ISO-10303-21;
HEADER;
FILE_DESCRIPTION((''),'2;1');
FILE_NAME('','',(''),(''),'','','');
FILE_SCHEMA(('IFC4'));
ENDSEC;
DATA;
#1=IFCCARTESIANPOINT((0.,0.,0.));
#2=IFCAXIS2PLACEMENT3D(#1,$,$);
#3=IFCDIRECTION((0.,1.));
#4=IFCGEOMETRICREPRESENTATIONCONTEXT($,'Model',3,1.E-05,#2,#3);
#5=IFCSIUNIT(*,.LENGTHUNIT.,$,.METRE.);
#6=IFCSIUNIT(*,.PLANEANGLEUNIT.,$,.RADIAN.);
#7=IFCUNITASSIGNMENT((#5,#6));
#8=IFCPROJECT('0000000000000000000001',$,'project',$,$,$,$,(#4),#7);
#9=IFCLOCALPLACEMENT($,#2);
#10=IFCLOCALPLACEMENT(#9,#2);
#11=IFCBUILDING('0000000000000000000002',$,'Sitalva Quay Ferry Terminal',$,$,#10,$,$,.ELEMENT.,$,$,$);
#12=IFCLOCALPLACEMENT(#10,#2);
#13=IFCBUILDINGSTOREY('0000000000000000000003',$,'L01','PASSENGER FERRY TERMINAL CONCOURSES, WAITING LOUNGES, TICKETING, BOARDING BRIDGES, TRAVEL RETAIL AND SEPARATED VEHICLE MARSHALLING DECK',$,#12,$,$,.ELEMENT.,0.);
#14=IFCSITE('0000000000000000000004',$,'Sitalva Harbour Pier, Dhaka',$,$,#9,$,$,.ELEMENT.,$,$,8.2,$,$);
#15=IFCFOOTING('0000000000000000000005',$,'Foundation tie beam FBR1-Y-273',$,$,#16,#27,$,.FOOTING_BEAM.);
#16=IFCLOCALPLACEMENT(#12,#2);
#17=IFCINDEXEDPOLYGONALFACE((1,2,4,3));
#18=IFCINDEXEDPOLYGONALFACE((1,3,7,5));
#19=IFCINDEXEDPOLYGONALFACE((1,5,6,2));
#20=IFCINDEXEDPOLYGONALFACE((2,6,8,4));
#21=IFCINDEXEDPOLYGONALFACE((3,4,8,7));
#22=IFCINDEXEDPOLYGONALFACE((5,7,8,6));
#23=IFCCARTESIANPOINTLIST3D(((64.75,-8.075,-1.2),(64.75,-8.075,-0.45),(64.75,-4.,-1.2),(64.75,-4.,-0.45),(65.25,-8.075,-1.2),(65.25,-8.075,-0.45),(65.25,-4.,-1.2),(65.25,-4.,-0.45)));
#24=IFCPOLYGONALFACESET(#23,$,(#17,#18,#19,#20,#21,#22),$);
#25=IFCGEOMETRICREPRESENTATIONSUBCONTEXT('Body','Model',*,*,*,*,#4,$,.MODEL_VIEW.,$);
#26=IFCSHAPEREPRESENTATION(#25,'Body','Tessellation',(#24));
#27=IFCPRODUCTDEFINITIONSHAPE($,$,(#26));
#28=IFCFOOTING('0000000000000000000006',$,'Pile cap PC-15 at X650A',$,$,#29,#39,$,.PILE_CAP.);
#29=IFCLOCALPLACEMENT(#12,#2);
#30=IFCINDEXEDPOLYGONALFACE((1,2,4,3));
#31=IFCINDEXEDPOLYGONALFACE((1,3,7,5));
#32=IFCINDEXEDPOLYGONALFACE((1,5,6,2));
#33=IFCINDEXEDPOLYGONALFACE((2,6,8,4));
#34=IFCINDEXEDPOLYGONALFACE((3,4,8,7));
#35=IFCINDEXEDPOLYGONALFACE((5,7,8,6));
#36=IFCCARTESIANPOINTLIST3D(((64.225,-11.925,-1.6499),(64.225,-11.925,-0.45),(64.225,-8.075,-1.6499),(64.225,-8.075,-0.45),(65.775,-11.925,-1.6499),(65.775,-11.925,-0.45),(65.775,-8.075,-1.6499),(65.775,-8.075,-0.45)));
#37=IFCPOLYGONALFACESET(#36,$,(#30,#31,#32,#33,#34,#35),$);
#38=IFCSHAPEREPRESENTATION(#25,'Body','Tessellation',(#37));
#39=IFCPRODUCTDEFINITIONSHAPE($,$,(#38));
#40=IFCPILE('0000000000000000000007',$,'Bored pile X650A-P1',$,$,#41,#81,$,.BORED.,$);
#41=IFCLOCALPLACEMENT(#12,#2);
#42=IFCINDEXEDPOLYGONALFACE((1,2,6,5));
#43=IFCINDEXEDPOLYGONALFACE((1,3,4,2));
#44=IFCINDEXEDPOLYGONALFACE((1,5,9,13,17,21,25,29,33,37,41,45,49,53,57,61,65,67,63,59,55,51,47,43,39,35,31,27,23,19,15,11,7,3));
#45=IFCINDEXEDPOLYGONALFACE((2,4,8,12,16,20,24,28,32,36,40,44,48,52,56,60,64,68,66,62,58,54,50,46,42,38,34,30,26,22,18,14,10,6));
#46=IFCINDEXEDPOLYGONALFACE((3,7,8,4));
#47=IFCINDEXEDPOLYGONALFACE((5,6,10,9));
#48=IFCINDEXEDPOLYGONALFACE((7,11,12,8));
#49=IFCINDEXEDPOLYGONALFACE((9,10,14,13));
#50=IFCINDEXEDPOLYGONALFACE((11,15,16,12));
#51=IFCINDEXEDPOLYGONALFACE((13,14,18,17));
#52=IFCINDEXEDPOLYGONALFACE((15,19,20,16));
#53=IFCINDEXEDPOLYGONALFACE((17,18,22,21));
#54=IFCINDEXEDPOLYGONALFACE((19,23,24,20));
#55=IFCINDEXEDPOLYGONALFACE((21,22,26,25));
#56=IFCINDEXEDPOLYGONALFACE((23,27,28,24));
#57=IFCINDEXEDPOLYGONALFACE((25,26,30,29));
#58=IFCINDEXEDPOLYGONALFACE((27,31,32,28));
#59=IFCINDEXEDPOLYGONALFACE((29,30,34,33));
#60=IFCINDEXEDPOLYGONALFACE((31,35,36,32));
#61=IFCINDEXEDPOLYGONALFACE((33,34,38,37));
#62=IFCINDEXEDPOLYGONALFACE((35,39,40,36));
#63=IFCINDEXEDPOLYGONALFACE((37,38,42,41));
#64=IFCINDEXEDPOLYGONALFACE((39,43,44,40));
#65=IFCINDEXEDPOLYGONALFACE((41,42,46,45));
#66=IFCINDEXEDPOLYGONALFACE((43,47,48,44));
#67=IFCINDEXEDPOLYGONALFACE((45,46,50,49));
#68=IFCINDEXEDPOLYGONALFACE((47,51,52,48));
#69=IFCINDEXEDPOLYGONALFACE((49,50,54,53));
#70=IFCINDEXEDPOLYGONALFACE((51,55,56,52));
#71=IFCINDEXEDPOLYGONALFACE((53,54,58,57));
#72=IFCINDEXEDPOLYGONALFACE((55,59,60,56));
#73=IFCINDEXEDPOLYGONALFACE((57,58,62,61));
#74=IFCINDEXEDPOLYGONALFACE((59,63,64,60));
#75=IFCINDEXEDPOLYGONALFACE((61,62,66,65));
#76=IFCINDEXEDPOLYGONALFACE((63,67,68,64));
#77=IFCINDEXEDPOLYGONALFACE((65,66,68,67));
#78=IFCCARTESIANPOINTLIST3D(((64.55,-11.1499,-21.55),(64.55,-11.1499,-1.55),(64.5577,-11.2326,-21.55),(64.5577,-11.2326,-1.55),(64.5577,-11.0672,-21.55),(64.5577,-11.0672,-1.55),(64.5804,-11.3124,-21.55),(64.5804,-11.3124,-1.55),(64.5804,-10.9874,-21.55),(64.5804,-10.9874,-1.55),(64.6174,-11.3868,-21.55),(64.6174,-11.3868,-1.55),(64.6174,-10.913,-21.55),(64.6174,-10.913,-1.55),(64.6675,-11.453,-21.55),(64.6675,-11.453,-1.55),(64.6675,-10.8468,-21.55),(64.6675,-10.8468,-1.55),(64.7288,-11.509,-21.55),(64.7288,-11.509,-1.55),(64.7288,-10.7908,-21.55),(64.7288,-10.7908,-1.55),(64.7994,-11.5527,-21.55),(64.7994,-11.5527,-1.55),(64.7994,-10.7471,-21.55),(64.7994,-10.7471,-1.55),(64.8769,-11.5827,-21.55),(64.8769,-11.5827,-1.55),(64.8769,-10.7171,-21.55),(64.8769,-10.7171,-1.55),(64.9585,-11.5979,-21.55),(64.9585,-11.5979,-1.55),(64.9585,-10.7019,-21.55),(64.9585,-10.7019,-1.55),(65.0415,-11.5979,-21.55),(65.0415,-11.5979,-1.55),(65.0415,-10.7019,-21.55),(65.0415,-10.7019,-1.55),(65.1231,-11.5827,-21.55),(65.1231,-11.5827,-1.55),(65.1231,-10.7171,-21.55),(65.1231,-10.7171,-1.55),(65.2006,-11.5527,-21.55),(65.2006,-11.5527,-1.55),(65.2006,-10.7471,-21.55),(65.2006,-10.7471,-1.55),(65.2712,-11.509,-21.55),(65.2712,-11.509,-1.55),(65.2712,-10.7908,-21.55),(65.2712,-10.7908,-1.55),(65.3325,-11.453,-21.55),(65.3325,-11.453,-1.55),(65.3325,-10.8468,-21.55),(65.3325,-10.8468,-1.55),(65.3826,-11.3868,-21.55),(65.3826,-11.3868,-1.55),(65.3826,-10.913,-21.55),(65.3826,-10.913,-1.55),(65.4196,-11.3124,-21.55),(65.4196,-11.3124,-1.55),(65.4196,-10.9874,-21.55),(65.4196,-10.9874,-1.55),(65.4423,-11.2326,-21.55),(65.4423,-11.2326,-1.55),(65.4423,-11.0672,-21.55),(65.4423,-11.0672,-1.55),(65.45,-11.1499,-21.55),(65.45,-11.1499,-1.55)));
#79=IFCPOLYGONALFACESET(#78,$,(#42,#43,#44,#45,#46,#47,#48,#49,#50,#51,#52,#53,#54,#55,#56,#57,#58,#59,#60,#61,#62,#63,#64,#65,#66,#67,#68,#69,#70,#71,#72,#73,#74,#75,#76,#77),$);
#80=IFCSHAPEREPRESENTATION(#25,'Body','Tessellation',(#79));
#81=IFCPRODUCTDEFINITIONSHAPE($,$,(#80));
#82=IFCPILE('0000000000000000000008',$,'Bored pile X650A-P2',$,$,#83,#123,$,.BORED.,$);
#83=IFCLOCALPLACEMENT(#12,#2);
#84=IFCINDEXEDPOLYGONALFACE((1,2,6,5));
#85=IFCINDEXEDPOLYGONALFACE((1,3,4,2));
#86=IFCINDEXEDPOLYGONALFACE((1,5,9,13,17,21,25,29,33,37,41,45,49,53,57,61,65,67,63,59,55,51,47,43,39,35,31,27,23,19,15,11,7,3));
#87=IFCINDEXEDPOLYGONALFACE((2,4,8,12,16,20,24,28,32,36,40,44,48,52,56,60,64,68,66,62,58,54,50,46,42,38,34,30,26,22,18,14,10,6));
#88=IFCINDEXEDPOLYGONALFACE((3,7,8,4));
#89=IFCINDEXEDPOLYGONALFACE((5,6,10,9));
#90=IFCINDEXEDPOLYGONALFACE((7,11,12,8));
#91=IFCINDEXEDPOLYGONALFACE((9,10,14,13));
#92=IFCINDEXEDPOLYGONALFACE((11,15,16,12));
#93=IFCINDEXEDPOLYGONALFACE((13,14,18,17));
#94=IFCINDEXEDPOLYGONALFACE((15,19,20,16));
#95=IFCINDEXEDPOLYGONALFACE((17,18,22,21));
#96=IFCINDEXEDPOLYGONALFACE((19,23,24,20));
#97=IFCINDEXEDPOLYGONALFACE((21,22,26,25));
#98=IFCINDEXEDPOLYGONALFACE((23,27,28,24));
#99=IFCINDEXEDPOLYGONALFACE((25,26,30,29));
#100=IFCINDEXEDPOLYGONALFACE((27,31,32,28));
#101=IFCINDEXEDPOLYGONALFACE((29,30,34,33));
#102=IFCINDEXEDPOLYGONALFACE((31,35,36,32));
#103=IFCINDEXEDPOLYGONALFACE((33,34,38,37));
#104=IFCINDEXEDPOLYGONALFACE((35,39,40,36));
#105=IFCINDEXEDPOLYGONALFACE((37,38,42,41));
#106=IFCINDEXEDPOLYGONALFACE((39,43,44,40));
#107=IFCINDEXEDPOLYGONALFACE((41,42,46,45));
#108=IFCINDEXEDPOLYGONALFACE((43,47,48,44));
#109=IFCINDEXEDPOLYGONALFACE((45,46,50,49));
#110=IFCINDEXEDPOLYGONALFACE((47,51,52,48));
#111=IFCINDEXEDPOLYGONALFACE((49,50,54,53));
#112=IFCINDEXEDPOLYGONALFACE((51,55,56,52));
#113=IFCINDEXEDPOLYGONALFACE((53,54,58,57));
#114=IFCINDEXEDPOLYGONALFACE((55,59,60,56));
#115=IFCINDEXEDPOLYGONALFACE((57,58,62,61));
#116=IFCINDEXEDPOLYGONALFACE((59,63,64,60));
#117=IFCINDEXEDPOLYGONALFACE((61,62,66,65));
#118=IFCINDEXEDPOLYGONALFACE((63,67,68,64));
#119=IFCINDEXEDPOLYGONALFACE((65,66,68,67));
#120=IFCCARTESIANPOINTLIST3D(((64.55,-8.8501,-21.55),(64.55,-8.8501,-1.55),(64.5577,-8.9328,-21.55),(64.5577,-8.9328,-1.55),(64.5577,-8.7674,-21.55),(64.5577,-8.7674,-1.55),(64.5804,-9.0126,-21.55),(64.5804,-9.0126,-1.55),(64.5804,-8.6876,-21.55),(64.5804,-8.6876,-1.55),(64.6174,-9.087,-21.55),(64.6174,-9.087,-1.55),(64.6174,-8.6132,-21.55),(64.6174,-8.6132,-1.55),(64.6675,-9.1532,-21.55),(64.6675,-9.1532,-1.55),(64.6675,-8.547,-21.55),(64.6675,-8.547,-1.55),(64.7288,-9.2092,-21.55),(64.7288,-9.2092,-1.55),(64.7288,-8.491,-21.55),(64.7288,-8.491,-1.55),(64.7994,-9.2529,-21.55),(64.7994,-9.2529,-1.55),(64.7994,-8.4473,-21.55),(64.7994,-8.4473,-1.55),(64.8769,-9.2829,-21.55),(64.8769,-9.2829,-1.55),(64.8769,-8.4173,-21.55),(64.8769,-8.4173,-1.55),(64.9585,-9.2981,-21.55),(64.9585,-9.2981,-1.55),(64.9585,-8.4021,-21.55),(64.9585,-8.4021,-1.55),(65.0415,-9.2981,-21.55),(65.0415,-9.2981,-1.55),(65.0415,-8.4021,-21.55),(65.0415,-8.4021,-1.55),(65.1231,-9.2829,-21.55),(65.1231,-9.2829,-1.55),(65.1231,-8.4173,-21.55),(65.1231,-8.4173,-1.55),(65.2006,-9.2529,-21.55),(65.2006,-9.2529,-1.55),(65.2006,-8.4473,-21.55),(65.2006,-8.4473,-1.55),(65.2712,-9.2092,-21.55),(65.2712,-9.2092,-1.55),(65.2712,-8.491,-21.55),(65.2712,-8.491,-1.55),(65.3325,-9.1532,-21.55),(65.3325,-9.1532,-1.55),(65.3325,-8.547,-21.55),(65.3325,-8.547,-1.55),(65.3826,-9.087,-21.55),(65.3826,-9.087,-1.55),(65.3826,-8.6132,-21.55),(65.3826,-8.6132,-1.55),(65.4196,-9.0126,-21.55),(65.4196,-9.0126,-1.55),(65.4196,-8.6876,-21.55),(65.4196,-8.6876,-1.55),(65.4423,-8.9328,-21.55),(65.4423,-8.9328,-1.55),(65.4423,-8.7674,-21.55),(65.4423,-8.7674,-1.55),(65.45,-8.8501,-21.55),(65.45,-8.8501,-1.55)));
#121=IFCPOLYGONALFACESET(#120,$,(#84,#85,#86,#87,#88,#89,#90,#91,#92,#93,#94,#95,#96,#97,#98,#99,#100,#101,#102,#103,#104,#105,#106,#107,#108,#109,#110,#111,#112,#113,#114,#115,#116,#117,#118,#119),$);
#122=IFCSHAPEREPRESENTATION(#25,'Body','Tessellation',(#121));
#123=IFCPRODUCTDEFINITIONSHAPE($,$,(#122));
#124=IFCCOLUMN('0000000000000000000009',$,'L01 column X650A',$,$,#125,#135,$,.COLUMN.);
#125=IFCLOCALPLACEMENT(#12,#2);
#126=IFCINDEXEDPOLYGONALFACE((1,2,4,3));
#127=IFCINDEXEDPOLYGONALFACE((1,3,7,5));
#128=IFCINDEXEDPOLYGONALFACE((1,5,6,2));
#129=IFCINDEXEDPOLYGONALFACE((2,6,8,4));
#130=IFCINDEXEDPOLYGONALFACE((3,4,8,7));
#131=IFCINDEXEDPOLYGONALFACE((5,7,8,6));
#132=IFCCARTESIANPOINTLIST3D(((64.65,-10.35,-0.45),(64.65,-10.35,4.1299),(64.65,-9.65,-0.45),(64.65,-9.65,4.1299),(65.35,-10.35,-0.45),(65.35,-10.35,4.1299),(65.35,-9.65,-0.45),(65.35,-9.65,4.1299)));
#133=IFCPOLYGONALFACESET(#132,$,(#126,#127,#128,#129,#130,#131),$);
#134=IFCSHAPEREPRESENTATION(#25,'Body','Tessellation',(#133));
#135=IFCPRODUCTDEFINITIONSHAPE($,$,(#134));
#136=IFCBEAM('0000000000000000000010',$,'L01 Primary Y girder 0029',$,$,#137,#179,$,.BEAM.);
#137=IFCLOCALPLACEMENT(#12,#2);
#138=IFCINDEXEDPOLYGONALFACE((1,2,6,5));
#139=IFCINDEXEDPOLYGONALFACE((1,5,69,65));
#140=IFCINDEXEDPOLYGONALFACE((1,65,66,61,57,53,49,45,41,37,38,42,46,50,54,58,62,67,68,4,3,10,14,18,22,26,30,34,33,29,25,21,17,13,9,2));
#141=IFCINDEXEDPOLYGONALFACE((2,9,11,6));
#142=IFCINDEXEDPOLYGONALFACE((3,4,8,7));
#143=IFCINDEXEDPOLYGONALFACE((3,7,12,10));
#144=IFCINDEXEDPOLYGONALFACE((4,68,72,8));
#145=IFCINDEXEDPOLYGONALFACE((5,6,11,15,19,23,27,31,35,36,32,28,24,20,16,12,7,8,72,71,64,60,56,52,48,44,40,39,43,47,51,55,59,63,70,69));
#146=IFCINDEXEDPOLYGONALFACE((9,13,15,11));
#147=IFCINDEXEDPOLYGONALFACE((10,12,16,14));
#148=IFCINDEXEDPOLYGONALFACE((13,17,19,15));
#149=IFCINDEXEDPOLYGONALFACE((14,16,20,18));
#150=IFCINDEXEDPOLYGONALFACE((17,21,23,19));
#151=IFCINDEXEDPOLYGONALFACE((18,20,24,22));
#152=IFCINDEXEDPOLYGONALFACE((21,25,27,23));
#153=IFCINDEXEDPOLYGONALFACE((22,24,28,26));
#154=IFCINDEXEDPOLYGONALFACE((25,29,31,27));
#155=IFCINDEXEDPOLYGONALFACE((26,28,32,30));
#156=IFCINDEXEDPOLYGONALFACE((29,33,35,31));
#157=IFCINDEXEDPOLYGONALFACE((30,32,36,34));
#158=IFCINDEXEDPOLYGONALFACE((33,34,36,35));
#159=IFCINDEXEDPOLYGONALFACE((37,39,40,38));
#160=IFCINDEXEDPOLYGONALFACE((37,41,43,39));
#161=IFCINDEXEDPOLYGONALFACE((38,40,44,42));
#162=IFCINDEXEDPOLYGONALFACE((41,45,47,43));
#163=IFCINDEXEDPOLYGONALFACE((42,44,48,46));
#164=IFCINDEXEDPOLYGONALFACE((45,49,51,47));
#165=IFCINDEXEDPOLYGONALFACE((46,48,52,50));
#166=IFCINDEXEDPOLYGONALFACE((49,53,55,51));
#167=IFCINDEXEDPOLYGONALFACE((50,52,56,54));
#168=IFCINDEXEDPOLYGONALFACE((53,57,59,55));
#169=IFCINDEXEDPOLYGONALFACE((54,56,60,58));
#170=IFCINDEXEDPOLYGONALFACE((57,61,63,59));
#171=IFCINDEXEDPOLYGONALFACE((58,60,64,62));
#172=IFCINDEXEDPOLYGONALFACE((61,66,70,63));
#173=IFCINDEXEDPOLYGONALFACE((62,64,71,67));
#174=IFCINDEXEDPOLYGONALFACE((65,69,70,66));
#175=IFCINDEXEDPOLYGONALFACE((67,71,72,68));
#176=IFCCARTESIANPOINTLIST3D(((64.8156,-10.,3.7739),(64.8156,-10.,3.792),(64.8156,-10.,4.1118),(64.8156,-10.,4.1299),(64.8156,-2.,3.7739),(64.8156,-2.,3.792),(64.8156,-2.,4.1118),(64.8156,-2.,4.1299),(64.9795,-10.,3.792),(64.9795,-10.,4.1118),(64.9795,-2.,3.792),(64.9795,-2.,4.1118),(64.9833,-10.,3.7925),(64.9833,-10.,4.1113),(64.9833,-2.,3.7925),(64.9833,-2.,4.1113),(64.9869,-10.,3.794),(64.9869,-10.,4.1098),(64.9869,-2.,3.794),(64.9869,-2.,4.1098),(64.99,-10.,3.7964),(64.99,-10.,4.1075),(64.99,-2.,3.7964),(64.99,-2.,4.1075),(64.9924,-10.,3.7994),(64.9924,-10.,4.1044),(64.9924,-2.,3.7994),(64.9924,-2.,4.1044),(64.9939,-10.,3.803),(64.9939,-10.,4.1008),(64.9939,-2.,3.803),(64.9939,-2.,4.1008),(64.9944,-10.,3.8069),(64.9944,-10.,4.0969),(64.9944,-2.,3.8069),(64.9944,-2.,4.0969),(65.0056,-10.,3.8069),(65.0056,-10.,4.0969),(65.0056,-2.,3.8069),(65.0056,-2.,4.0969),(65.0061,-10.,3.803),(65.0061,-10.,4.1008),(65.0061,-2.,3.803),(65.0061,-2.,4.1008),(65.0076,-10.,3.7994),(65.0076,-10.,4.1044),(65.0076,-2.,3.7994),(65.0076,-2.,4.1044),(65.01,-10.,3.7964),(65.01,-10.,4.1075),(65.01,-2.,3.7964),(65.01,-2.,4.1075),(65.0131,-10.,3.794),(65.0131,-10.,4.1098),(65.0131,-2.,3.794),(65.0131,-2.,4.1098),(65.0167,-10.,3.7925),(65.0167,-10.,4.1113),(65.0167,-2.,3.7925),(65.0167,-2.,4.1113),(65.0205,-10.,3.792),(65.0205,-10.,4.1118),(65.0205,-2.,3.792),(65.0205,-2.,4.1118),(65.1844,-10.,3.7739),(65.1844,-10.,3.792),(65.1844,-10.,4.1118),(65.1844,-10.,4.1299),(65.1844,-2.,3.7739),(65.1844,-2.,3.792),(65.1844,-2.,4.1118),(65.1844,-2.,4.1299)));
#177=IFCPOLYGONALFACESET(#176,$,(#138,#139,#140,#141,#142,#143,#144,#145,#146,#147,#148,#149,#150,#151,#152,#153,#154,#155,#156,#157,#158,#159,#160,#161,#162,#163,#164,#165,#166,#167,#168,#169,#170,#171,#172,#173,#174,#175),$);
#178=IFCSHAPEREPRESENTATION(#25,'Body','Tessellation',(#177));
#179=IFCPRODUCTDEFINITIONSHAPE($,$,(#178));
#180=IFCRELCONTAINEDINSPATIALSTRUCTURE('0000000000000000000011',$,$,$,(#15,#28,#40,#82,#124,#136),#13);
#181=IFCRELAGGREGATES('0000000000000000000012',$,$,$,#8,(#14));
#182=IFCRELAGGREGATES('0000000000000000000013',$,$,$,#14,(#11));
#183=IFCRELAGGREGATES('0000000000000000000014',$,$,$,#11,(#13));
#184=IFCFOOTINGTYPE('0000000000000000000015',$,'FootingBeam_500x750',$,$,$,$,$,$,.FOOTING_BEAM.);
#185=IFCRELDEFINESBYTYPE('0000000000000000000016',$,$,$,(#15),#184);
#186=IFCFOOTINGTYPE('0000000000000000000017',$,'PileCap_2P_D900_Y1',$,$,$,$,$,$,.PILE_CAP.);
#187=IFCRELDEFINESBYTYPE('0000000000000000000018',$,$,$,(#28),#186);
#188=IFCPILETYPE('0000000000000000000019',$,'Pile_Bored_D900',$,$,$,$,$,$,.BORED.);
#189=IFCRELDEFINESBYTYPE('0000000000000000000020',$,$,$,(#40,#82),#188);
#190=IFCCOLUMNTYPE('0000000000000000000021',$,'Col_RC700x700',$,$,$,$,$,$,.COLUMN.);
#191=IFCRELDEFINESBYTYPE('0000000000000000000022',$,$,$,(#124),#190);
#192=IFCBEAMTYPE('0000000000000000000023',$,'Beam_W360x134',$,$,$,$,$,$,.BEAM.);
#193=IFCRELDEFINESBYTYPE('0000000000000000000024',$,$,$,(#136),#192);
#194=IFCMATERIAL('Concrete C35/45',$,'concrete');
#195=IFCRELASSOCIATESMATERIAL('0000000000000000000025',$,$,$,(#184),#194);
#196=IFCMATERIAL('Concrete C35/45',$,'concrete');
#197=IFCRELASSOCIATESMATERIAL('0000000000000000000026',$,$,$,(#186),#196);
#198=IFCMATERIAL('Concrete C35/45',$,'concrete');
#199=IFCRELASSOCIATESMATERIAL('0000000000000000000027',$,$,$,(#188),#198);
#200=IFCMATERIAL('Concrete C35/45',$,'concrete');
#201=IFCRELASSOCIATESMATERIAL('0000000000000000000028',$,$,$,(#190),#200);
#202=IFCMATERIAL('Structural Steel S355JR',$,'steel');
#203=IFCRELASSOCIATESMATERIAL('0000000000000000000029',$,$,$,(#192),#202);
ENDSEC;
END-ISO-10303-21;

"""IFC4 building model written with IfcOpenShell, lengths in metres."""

from ifc_helpers import new_model, si_unit, direction, frame, origin, origin_2d, place, context, subcontext, project, spatial, rectangle, circle, i_section, extrude, material, material_profile, profile_set, type_object, element, save


model = new_model("IFC4")

# Units and contexts
model_context = context("Model", 3, precision=1e-05, world=origin(), true_north=direction((0.0, 1.0)))
body_context = subcontext(model_context, "Body", "Model", "MODEL_VIEW")
ifc_project = project(units=[si_unit("LENGTHUNIT", "METRE"), si_unit("PLANEANGLEUNIT", "RADIAN")], contexts=[model_context])

# Site, building, storey
site_placement = place(None, origin())
site = spatial("IfcSite", under=ifc_project, at=site_placement, Name="Sitalva Harbour Pier, Dhaka", CompositionType="ELEMENT", RefElevation=8.2)
building_placement = place(site_placement, origin())
building = spatial("IfcBuilding", under=site, at=building_placement, Name="Sitalva Quay Ferry Terminal", CompositionType="ELEMENT")
storey_placement = place(building_placement, origin())
storey = spatial("IfcBuildingStorey", under=building, at=storey_placement, Name="L01", Description="PASSENGER FERRY TERMINAL CONCOURSES, WAITING LOUNGES, TICKETING, BOARDING BRIDGES, TRAVEL RETAIL AND SEPARATED VEHICLE MARSHALLING DECK", CompositionType="ELEMENT", Elevation=0.0)

# Footings
ifc_material_1 = material(Name="Concrete C35/45", Category="concrete")
ifc_material_profile_1 = material_profile(ifc_material_1, rectangle(XDim=0.5, YDim=0.75, at=origin_2d()), Name="RC500x750")
ifc_profile_set_1 = profile_set([ifc_material_profile_1], Name="Concrete C35/45")
footing_type_1 = type_object("IfcFootingType", Name="FootingBeam_500x750", PredefinedType="FOOTING_BEAM", material=ifc_profile_set_1)
footing_1_placement = place(storey_placement, frame((65.0, -8.075, -0.825), z_axis=(0.0, 1.0, 0.0), x_axis=(-1.0, 0.0, 0.0)))
element("IfcFooting", 1, at=footing_1_placement, inside=storey, type_object=footing_type_1, Name="Foundation tie beam FBR1-Y-273", PredefinedType="FOOTING_BEAM", context=body_context, shape_type="SweptSolid", body=[
    extrude(rectangle(XDim=0.5, YDim=0.75, at=origin_2d()), origin(), (0.0, 0.0, 1.0), 4.075),
])
ifc_material_2 = material(Name="Concrete C35/45", Category="concrete")
footing_type_2 = type_object("IfcFootingType", Name="PileCap_2P_D900_Y1", PredefinedType="PILE_CAP", material=ifc_material_2)
footing_2_placement = place(storey_placement, frame((65.0, -10.0, -1.6499), z_axis=(0.0, 0.0, 1.0), x_axis=(1.0, 0.0, 0.0)))
element("IfcFooting", 2, at=footing_2_placement, inside=storey, type_object=footing_type_2, Name="Pile cap PC-15 at X650A", PredefinedType="PILE_CAP", context=body_context, shape_type="SweptSolid", body=[
    extrude(rectangle(XDim=1.55, YDim=3.8501, at=origin_2d()), origin(), (0.0, 0.0, 1.0), 1.2),
])

# Piles
ifc_material_3 = material(Name="Concrete C35/45", Category="concrete")
ifc_material_profile_2 = material_profile(ifc_material_3, circle(Radius=0.45, at=origin_2d()), Name="PILE-D900")
ifc_profile_set_2 = profile_set([ifc_material_profile_2], Name="Concrete C35/45")
pile_type = type_object("IfcPileType", Name="Pile_Bored_D900", PredefinedType="BORED", material=ifc_profile_set_2)
for number, where, z_axis, x_axis, name in (
    (3, (65.0, -11.1499, -1.55), (0.0, 0.0, -1.0), (1.0, 0.0, 0.0), "Bored pile X650A-P1"),
    (4, (65.0, -8.8501, -1.55), (0.0, 0.0, -1.0), (1.0, 0.0, 0.0), "Bored pile X650A-P2"),
):
    element("IfcPile", number, at=place(storey_placement, frame(where, z_axis=z_axis, x_axis=x_axis)), inside=storey, type_object=pile_type, Name=name, PredefinedType="BORED", context=body_context, shape_type="SweptSolid", body=[
        extrude(circle(Radius=0.45, at=origin_2d()), origin(), (0.0, 0.0, 1.0), 20.0),
    ])

# Column
ifc_material_4 = material(Name="Concrete C35/45", Category="concrete")
ifc_material_profile_3 = material_profile(ifc_material_4, rectangle(XDim=0.7, YDim=0.7, at=origin_2d()), Name="RC700x700")
ifc_profile_set_3 = profile_set([ifc_material_profile_3], Name="Concrete C35/45")
column_type = type_object("IfcColumnType", Name="Col_RC700x700", PredefinedType="COLUMN", material=ifc_profile_set_3)
column_placement = place(storey_placement, frame((65.0, -10.0, -0.45), z_axis=(0.0, 0.0, 1.0), x_axis=(1.0, 0.0, 0.0)))
element("IfcColumn", 5, at=column_placement, inside=storey, type_object=column_type, Name="L01 column X650A", PredefinedType="COLUMN", context=body_context, shape_type="SweptSolid", body=[
    extrude(rectangle(XDim=0.7, YDim=0.7, at=origin_2d()), origin(), (0.0, 0.0, 1.0), 4.5798),
])

# Beam
ifc_material_5 = material(Name="Structural Steel S355JR", Category="steel")
ifc_material_profile_4 = material_profile(ifc_material_5, i_section(OverallWidth=0.3689, OverallDepth=0.356, WebThickness=0.0112, FlangeThickness=0.0181, FilletRadius=0.0149, at=origin_2d()), Name="W360x134")
ifc_profile_set_4 = profile_set([ifc_material_profile_4], Name="Structural Steel S355JR")
beam_type = type_object("IfcBeamType", Name="Beam_W360x134", PredefinedType="BEAM", material=ifc_profile_set_4)
beam_placement = place(storey_placement, frame((65.0, -10.0, 3.9519), z_axis=(0.0, 1.0, 0.0), x_axis=(-1.0, 0.0, 0.0)))
element("IfcBeam", 6, at=beam_placement, inside=storey, type_object=beam_type, Name="L01 Primary Y girder 0029", PredefinedType="BEAM", context=body_context, shape_type="SweptSolid", body=[
    extrude(i_section(OverallWidth=0.3689, OverallDepth=0.356, WebThickness=0.0112, FlangeThickness=0.0181, FilletRadius=0.0149, at=origin_2d()), origin(), (0.0, 0.0, 1.0), 8.0),
])

save(model, "model.ifc")
